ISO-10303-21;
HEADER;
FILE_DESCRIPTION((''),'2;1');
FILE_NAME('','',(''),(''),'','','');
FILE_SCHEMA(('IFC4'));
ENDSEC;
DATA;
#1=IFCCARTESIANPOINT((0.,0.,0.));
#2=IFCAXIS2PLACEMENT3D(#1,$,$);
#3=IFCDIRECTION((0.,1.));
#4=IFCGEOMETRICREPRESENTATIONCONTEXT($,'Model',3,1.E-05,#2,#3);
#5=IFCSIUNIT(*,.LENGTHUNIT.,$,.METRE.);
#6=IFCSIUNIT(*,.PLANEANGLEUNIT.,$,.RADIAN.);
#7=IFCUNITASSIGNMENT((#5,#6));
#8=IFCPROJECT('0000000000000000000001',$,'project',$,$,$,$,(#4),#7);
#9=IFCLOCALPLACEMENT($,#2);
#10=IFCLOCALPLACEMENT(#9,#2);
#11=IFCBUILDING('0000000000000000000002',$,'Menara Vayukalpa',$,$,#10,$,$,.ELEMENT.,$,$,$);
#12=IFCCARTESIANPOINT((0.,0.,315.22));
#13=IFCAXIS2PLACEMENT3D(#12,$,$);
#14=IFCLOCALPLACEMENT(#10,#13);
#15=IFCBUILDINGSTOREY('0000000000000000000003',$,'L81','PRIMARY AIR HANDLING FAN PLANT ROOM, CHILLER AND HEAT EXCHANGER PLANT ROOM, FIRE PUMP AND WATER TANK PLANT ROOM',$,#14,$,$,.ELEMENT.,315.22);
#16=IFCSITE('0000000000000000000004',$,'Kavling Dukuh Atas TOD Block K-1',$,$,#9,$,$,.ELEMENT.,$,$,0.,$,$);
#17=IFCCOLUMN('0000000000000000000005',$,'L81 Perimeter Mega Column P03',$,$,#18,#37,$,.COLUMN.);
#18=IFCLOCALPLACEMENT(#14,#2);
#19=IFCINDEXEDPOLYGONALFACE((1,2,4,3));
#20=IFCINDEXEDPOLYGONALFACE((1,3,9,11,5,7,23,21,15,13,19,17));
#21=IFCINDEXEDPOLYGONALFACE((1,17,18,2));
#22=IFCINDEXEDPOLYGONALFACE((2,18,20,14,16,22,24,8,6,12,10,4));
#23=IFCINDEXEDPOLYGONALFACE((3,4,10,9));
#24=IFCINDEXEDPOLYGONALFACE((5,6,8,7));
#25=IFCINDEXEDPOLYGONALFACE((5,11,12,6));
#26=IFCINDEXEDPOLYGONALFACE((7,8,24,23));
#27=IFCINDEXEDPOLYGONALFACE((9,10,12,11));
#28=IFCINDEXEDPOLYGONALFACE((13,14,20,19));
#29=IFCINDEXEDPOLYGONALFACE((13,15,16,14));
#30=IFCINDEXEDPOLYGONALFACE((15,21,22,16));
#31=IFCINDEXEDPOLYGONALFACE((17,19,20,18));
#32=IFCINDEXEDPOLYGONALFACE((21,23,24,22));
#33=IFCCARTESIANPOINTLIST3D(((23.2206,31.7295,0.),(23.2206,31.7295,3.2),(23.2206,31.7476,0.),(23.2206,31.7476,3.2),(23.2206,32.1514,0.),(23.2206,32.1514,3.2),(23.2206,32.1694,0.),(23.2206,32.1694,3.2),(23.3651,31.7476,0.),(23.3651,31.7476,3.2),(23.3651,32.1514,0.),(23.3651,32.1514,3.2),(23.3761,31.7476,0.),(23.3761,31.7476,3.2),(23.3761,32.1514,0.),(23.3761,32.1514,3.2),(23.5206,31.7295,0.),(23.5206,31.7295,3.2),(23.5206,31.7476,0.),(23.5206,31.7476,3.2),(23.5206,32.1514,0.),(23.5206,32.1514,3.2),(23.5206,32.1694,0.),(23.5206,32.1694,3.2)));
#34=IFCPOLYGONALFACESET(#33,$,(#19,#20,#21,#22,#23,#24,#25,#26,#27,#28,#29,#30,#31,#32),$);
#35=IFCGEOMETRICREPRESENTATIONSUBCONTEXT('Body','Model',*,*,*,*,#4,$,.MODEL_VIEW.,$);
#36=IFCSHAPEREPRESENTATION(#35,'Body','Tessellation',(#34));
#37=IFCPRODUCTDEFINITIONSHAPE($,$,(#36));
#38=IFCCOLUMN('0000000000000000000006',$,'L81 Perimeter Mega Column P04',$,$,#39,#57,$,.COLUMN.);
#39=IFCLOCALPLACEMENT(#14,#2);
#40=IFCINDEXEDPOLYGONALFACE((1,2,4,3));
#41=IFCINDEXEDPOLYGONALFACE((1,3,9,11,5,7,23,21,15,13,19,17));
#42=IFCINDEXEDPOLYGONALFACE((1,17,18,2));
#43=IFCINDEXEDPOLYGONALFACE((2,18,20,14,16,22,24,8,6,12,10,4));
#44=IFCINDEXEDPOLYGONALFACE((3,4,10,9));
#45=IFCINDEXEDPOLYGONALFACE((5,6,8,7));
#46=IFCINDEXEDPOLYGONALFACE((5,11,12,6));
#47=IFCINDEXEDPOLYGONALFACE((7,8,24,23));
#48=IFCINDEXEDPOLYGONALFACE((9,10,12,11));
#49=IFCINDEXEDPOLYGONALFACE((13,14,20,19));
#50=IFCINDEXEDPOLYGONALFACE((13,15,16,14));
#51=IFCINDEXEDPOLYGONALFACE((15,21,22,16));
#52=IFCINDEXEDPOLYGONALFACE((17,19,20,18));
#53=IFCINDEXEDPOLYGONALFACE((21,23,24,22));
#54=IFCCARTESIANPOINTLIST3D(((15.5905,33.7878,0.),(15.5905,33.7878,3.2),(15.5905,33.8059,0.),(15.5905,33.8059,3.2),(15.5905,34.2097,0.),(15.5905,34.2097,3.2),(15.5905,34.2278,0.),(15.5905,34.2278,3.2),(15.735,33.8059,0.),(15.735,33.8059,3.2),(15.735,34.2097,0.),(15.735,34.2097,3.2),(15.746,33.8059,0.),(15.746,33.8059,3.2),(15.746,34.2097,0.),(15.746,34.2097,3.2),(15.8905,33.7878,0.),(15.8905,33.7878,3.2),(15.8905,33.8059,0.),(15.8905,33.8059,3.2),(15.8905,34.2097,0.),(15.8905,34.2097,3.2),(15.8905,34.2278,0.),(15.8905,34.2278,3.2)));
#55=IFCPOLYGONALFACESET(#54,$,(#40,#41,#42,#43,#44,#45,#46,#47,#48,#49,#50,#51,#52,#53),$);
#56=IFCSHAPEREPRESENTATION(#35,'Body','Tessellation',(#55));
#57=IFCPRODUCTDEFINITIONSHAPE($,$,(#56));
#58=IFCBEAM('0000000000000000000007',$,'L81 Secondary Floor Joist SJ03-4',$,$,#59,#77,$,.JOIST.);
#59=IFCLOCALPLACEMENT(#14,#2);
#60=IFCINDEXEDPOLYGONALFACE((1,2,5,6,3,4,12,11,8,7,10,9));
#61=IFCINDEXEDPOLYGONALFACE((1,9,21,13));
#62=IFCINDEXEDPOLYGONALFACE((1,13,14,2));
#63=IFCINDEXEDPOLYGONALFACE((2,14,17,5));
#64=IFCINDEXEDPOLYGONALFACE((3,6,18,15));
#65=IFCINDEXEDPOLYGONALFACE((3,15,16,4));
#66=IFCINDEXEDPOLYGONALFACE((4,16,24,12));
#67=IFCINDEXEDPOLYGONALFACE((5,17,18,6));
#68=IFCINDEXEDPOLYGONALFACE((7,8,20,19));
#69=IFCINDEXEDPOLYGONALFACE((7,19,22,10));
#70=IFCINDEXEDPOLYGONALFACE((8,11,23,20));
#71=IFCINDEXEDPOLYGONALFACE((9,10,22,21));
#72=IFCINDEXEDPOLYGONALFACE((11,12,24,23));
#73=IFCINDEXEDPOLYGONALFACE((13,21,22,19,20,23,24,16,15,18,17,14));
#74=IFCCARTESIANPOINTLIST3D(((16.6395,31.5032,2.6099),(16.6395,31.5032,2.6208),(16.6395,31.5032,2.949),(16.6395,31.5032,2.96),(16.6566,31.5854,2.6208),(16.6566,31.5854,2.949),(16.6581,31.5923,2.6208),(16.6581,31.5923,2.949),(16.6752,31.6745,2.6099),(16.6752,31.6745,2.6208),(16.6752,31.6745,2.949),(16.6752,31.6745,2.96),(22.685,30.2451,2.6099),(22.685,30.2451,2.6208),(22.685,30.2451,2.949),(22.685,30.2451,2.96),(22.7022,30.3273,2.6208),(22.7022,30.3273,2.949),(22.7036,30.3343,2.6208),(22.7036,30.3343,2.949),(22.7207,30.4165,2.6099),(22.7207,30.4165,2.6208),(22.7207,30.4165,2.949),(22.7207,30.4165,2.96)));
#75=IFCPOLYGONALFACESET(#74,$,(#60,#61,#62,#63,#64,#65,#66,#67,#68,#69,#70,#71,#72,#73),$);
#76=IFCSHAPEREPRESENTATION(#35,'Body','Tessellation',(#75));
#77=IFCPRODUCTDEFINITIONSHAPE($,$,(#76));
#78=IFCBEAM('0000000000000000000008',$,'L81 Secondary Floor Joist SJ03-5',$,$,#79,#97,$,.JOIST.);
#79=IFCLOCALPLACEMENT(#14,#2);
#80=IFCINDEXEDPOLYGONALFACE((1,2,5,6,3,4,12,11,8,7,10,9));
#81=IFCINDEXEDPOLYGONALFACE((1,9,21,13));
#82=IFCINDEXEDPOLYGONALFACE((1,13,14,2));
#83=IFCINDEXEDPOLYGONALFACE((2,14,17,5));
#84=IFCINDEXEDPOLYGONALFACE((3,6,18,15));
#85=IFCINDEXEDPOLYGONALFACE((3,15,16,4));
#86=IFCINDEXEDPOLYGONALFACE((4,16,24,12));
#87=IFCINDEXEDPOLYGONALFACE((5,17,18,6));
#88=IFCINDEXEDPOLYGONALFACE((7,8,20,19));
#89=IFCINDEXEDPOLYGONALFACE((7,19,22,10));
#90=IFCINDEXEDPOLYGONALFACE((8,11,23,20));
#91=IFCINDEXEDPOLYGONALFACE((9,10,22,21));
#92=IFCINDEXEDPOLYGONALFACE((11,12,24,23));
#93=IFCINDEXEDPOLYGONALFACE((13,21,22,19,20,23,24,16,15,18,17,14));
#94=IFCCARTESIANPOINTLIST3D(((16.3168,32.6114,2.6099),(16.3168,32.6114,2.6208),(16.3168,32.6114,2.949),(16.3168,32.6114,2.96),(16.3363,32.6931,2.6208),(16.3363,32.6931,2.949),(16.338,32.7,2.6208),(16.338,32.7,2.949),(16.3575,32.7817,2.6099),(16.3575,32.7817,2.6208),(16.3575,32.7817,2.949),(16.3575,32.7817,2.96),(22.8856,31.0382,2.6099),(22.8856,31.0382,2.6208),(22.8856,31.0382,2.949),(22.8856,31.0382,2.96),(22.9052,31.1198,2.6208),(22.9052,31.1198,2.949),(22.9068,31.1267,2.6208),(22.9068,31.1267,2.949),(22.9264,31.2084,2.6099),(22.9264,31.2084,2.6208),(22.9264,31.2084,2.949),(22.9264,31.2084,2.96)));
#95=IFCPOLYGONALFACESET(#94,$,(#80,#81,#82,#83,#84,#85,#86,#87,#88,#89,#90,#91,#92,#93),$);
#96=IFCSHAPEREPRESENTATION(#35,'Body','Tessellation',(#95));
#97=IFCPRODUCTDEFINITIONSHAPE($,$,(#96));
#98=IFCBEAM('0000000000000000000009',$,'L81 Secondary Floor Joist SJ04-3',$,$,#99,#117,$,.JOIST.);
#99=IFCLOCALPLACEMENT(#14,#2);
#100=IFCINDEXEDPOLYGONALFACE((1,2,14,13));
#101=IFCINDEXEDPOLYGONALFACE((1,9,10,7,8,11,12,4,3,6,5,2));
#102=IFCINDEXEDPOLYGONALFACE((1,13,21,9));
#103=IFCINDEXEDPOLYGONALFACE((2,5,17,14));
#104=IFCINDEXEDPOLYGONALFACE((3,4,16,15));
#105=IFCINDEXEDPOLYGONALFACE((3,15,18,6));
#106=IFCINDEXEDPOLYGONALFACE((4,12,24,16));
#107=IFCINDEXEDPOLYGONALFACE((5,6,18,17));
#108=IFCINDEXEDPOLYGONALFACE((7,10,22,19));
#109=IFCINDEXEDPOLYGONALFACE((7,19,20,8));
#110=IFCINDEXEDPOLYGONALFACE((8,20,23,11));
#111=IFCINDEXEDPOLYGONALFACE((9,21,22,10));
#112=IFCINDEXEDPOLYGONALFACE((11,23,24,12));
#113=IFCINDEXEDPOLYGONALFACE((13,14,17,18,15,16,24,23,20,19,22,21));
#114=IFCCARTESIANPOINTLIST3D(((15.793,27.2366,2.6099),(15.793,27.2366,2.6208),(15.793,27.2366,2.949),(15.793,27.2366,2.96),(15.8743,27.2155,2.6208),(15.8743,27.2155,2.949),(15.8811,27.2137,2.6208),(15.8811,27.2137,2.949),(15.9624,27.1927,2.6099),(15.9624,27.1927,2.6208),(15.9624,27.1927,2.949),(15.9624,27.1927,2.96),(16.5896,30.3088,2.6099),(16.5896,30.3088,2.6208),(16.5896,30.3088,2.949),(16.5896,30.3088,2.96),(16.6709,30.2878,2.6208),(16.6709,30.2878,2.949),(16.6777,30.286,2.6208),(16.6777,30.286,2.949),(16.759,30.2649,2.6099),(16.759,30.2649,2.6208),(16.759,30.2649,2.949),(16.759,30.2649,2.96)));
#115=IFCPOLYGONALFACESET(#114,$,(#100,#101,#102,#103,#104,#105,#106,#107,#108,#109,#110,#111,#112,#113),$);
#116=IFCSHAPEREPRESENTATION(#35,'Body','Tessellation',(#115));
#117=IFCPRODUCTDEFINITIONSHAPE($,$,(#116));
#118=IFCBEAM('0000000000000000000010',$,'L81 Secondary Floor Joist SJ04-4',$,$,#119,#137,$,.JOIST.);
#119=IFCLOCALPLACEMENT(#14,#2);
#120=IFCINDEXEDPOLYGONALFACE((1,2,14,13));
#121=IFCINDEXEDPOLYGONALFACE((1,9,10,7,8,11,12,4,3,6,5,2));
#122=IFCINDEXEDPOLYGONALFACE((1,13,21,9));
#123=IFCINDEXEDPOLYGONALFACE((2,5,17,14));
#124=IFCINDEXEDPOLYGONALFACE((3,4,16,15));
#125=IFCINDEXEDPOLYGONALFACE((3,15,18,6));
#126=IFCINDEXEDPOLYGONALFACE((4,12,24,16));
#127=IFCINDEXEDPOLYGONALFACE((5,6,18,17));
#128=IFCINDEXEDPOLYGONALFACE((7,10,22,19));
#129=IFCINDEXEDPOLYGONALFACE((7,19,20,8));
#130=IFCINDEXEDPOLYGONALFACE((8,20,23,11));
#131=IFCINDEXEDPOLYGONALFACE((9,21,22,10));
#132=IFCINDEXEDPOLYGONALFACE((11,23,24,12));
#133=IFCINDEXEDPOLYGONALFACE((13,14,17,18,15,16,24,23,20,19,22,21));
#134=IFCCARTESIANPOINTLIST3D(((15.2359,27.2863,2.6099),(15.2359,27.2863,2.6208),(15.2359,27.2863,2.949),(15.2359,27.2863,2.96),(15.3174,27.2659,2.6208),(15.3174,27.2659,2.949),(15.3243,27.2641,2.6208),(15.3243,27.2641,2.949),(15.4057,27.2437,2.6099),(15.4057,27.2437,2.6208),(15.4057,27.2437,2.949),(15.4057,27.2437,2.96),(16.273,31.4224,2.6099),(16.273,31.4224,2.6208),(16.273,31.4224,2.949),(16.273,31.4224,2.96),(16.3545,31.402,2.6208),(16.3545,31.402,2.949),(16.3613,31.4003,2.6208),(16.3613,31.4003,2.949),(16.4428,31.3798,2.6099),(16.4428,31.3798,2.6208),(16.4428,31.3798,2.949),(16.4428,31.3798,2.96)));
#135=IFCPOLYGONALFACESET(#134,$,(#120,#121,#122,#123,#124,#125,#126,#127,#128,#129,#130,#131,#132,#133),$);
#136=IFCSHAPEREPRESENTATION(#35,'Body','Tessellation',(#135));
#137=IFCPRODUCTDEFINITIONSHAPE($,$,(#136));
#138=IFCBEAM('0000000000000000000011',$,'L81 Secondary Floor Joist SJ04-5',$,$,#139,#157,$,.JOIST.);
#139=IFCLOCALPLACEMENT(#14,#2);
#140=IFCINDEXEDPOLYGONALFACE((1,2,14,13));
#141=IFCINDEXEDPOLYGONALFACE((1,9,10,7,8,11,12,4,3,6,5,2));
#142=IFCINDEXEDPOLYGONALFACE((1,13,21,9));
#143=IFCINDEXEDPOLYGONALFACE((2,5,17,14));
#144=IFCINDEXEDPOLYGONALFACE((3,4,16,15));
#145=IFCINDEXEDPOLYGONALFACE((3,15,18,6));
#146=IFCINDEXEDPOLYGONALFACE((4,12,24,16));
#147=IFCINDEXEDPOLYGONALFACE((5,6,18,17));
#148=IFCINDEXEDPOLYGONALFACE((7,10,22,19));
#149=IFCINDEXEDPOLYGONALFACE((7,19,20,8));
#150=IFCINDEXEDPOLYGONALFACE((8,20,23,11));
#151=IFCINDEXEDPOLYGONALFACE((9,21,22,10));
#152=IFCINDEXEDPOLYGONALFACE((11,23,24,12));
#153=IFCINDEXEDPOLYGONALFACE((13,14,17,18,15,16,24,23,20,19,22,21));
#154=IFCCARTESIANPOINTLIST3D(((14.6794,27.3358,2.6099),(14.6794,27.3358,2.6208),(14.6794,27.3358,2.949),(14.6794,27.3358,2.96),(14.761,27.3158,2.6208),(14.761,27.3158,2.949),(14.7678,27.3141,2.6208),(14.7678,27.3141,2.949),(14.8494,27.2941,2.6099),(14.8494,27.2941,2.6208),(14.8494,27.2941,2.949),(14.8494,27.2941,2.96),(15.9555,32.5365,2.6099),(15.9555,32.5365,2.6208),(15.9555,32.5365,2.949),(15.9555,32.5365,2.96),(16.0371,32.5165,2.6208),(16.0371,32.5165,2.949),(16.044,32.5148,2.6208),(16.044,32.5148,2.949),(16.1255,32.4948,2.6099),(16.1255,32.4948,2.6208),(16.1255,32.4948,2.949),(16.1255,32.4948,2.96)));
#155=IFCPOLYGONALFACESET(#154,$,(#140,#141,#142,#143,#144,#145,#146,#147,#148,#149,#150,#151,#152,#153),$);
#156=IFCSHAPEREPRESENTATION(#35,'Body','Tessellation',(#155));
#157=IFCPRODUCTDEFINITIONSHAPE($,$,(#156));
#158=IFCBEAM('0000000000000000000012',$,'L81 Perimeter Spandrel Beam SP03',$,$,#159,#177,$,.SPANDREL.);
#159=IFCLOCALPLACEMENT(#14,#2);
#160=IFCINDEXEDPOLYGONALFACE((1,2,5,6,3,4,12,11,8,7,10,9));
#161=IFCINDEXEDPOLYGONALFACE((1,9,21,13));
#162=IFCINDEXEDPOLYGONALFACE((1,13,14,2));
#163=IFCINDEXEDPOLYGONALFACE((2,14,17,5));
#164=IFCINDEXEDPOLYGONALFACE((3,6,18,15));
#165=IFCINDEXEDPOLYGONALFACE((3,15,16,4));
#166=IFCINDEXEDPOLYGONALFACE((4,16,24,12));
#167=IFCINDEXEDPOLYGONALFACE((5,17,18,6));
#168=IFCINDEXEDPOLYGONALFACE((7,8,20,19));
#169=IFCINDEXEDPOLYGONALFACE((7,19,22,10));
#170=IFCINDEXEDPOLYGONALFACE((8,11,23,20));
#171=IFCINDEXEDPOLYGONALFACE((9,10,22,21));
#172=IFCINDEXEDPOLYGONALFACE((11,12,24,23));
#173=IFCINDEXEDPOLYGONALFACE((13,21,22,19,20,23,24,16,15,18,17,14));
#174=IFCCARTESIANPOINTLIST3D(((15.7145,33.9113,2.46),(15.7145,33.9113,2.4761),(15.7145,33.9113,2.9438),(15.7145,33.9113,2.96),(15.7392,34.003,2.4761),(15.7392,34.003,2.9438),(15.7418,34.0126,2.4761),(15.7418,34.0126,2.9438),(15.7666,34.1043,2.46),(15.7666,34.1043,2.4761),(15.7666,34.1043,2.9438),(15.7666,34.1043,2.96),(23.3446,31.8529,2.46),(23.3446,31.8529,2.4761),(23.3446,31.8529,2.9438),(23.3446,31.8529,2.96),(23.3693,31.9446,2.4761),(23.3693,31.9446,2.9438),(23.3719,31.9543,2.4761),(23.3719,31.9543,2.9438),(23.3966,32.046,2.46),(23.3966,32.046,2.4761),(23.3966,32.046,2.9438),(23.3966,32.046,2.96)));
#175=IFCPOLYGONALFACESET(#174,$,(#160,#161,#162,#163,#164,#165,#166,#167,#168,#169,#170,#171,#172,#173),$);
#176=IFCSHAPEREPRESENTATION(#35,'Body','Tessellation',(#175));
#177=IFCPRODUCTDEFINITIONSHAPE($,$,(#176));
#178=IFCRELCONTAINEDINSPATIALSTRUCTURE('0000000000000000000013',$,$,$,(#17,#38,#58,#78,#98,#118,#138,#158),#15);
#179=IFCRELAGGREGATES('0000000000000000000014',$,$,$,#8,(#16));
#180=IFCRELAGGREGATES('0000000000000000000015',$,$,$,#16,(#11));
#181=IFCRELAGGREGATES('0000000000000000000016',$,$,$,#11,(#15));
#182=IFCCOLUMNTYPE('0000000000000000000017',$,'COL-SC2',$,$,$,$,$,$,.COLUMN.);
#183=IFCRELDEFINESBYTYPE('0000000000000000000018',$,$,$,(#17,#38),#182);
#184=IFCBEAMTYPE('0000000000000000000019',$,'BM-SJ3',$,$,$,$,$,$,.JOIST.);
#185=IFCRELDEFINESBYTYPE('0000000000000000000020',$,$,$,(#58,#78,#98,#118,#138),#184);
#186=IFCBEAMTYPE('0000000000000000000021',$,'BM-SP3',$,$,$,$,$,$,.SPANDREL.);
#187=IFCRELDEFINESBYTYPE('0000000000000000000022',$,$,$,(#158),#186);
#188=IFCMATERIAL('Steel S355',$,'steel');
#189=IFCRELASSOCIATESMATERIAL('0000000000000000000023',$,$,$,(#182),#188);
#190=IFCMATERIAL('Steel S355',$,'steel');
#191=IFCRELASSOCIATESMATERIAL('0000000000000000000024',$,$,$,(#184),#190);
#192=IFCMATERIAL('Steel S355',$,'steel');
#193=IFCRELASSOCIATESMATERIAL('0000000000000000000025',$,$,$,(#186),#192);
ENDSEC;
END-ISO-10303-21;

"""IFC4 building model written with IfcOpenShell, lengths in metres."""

from ifc_helpers import new_model, si_unit, direction, frame, origin, origin_2d, place, context, subcontext, project, spatial, i_section, extrude, material, material_profile, profile_set, type_object, element, save


model = new_model("IFC4")

# Units and contexts
model_context = context("Model", 3, precision=1e-05, world=origin(), true_north=direction((0.0, 1.0)))
body_context = subcontext(model_context, "Body", "Model", "MODEL_VIEW")
ifc_project = project(units=[si_unit("LENGTHUNIT", "METRE"), si_unit("PLANEANGLEUNIT", "RADIAN")], contexts=[model_context])

# Site, building, storey
site_placement = place(None, origin())
site = spatial("IfcSite", under=ifc_project, at=site_placement, Name="Kavling Dukuh Atas TOD Block K-1", CompositionType="ELEMENT", RefElevation=0.0)
building_placement = place(site_placement, origin())
building = spatial("IfcBuilding", under=site, at=building_placement, Name="Menara Vayukalpa", CompositionType="ELEMENT")
storey_placement = place(building_placement, frame((0.0, 0.0, 315.22)))
storey = spatial("IfcBuildingStorey", under=building, at=storey_placement, Name="L81", Description="PRIMARY AIR HANDLING FAN PLANT ROOM, CHILLER AND HEAT EXCHANGER PLANT ROOM, FIRE PUMP AND WATER TANK PLANT ROOM", CompositionType="ELEMENT", Elevation=315.22)

# Columns
ifc_material_1 = material(Name="Steel S355", Category="steel")
ifc_material_profile_1 = material_profile(ifc_material_1, i_section(OverallWidth=0.3, OverallDepth=0.4399, WebThickness=0.011, FlangeThickness=0.0181, at=origin_2d()), Name="H 440x300x11x18")
ifc_profile_set_1 = profile_set([ifc_material_profile_1], Name="Steel S355")
column_type = type_object("IfcColumnType", Name="COL-SC2", PredefinedType="COLUMN", material=ifc_profile_set_1)
for number, where, z_axis, x_axis, name in (
    (1, (23.3706, 31.9495, 0.0), (0.0, 0.0, 1.0), (1.0, 0.0, 0.0), "L81 Perimeter Mega Column P03"),
    (2, (15.7405, 34.0078, 0.0), (0.0, 0.0, 1.0), (1.0, 0.0, 0.0), "L81 Perimeter Mega Column P04"),
):
    element("IfcColumn", number, at=place(storey_placement, frame(where, z_axis=z_axis, x_axis=x_axis)), inside=storey, type_object=column_type, Name=name, PredefinedType="COLUMN", context=body_context, shape_type="SweptSolid", body=[
        extrude(i_section(OverallWidth=0.3, OverallDepth=0.4399, WebThickness=0.011, FlangeThickness=0.0181, at=origin_2d()), origin(), (0.0, 0.0, 1.0), 3.2),
    ])

# Beams
ifc_material_2 = material(Name="Steel S355", Category="steel")
ifc_material_profile_2 = material_profile(ifc_material_2, i_section(OverallWidth=0.175, OverallDepth=0.3501, WebThickness=0.0071, FlangeThickness=0.011, at=origin_2d()), Name="WF 350x175x7x11")
ifc_profile_set_2 = profile_set([ifc_material_profile_2], Name="Steel S355")
beam_type_1 = type_object("IfcBeamType", Name="BM-SJ3", PredefinedType="JOIST", material=ifc_profile_set_2)
beam_1_placement = place(storey_placement, frame((22.7029, 30.3308, 2.7849), z_axis=(-0.979027, 0.203728, 0.0), x_axis=(-0.203728, -0.979027, 0.0)))
element("IfcBeam", 3, at=beam_1_placement, inside=storey, type_object=beam_type_1, Name="L81 Secondary Floor Joist SJ03-4", PredefinedType="JOIST", context=body_context, shape_type="SweptSolid", body=[
    extrude(i_section(OverallWidth=0.175, OverallDepth=0.3501, WebThickness=0.0071, FlangeThickness=0.011, at=origin_2d()), origin(), (0.0, 0.0, 1.0), 6.175),
])
beam_2_placement = place(storey_placement, frame((22.906, 31.1233, 2.7849), z_axis=(-0.972497, 0.232914, 0.0), x_axis=(-0.232914, -0.972497, 0.0)))
element("IfcBeam", 4, at=beam_2_placement, inside=storey, type_object=beam_type_1, Name="L81 Secondary Floor Joist SJ03-5", PredefinedType="JOIST", context=body_context, shape_type="SweptSolid", body=[
    extrude(i_section(OverallWidth=0.175, OverallDepth=0.3501, WebThickness=0.0071, FlangeThickness=0.011, at=origin_2d()), origin(), (0.0, 0.0, 1.0), 6.7546),
])
beam_3_placement = place(storey_placement, frame((16.6743, 30.2869, 2.7849), z_axis=(-0.250997, -0.967988, 0.0), x_axis=(0.967988, -0.250997, 0.0)))
element("IfcBeam", 5, at=beam_3_placement, inside=storey, type_object=beam_type_1, Name="L81 Secondary Floor Joist SJ04-3", PredefinedType="JOIST", context=body_context, shape_type="SweptSolid", body=[
    extrude(i_section(OverallWidth=0.175, OverallDepth=0.3501, WebThickness=0.0071, FlangeThickness=0.011, at=origin_2d()), origin(), (0.0, 0.0, 1.0), 3.1738),
])
beam_4_placement = place(storey_placement, frame((16.3579, 31.4011, 2.7849), z_axis=(-0.243209, -0.969974, 0.0), x_axis=(0.969974, -0.243209, 0.0)))
element("IfcBeam", 6, at=beam_4_placement, inside=storey, type_object=beam_type_1, Name="L81 Secondary Floor Joist SJ04-4", PredefinedType="JOIST", context=body_context, shape_type="SweptSolid", body=[
    extrude(i_section(OverallWidth=0.175, OverallDepth=0.3501, WebThickness=0.0071, FlangeThickness=0.011, at=origin_2d()), origin(), (0.0, 0.0, 1.0), 4.2642),
])
beam_5_placement = place(storey_placement, frame((16.0405, 32.5156, 2.7849), z_axis=(-0.238307, -0.97119, 0.0), x_axis=(0.97119, -0.238307, 0.0)))
element("IfcBeam", 7, at=beam_5_placement, inside=storey, type_object=beam_type_1, Name="L81 Secondary Floor Joist SJ04-5", PredefinedType="JOIST", context=body_context, shape_type="SweptSolid", body=[
    extrude(i_section(OverallWidth=0.175, OverallDepth=0.3501, WebThickness=0.0071, FlangeThickness=0.011, at=origin_2d()), origin(), (0.0, 0.0, 1.0), 5.355),
])
ifc_material_3 = material(Name="Steel S355", Category="steel")
ifc_material_profile_3 = material_profile(ifc_material_3, i_section(OverallWidth=0.2, OverallDepth=0.5, WebThickness=0.01, FlangeThickness=0.0161, at=origin_2d()), Name="WF 500x200x10x16")
ifc_profile_set_3 = profile_set([ifc_material_profile_3], Name="Steel S355")
beam_type_2 = type_object("IfcBeamType", Name="BM-SP3", PredefinedType="SPANDREL", material=ifc_profile_set_3)
beam_6_placement = place(storey_placement, frame((23.3706, 31.9495, 2.71), z_axis=(-0.965486, 0.260455, 0.0), x_axis=(-0.260455, -0.965486, 0.0)))
element("IfcBeam", 8, at=beam_6_placement, inside=storey, type_object=beam_type_2, Name="L81 Perimeter Spandrel Beam SP03", PredefinedType="SPANDREL", context=body_context, shape_type="SweptSolid", body=[
    extrude(i_section(OverallWidth=0.2, OverallDepth=0.5, WebThickness=0.01, FlangeThickness=0.0161, at=origin_2d()), origin(), (0.0, 0.0, 1.0), 7.9028),
])

save(model, "model.ifc")
